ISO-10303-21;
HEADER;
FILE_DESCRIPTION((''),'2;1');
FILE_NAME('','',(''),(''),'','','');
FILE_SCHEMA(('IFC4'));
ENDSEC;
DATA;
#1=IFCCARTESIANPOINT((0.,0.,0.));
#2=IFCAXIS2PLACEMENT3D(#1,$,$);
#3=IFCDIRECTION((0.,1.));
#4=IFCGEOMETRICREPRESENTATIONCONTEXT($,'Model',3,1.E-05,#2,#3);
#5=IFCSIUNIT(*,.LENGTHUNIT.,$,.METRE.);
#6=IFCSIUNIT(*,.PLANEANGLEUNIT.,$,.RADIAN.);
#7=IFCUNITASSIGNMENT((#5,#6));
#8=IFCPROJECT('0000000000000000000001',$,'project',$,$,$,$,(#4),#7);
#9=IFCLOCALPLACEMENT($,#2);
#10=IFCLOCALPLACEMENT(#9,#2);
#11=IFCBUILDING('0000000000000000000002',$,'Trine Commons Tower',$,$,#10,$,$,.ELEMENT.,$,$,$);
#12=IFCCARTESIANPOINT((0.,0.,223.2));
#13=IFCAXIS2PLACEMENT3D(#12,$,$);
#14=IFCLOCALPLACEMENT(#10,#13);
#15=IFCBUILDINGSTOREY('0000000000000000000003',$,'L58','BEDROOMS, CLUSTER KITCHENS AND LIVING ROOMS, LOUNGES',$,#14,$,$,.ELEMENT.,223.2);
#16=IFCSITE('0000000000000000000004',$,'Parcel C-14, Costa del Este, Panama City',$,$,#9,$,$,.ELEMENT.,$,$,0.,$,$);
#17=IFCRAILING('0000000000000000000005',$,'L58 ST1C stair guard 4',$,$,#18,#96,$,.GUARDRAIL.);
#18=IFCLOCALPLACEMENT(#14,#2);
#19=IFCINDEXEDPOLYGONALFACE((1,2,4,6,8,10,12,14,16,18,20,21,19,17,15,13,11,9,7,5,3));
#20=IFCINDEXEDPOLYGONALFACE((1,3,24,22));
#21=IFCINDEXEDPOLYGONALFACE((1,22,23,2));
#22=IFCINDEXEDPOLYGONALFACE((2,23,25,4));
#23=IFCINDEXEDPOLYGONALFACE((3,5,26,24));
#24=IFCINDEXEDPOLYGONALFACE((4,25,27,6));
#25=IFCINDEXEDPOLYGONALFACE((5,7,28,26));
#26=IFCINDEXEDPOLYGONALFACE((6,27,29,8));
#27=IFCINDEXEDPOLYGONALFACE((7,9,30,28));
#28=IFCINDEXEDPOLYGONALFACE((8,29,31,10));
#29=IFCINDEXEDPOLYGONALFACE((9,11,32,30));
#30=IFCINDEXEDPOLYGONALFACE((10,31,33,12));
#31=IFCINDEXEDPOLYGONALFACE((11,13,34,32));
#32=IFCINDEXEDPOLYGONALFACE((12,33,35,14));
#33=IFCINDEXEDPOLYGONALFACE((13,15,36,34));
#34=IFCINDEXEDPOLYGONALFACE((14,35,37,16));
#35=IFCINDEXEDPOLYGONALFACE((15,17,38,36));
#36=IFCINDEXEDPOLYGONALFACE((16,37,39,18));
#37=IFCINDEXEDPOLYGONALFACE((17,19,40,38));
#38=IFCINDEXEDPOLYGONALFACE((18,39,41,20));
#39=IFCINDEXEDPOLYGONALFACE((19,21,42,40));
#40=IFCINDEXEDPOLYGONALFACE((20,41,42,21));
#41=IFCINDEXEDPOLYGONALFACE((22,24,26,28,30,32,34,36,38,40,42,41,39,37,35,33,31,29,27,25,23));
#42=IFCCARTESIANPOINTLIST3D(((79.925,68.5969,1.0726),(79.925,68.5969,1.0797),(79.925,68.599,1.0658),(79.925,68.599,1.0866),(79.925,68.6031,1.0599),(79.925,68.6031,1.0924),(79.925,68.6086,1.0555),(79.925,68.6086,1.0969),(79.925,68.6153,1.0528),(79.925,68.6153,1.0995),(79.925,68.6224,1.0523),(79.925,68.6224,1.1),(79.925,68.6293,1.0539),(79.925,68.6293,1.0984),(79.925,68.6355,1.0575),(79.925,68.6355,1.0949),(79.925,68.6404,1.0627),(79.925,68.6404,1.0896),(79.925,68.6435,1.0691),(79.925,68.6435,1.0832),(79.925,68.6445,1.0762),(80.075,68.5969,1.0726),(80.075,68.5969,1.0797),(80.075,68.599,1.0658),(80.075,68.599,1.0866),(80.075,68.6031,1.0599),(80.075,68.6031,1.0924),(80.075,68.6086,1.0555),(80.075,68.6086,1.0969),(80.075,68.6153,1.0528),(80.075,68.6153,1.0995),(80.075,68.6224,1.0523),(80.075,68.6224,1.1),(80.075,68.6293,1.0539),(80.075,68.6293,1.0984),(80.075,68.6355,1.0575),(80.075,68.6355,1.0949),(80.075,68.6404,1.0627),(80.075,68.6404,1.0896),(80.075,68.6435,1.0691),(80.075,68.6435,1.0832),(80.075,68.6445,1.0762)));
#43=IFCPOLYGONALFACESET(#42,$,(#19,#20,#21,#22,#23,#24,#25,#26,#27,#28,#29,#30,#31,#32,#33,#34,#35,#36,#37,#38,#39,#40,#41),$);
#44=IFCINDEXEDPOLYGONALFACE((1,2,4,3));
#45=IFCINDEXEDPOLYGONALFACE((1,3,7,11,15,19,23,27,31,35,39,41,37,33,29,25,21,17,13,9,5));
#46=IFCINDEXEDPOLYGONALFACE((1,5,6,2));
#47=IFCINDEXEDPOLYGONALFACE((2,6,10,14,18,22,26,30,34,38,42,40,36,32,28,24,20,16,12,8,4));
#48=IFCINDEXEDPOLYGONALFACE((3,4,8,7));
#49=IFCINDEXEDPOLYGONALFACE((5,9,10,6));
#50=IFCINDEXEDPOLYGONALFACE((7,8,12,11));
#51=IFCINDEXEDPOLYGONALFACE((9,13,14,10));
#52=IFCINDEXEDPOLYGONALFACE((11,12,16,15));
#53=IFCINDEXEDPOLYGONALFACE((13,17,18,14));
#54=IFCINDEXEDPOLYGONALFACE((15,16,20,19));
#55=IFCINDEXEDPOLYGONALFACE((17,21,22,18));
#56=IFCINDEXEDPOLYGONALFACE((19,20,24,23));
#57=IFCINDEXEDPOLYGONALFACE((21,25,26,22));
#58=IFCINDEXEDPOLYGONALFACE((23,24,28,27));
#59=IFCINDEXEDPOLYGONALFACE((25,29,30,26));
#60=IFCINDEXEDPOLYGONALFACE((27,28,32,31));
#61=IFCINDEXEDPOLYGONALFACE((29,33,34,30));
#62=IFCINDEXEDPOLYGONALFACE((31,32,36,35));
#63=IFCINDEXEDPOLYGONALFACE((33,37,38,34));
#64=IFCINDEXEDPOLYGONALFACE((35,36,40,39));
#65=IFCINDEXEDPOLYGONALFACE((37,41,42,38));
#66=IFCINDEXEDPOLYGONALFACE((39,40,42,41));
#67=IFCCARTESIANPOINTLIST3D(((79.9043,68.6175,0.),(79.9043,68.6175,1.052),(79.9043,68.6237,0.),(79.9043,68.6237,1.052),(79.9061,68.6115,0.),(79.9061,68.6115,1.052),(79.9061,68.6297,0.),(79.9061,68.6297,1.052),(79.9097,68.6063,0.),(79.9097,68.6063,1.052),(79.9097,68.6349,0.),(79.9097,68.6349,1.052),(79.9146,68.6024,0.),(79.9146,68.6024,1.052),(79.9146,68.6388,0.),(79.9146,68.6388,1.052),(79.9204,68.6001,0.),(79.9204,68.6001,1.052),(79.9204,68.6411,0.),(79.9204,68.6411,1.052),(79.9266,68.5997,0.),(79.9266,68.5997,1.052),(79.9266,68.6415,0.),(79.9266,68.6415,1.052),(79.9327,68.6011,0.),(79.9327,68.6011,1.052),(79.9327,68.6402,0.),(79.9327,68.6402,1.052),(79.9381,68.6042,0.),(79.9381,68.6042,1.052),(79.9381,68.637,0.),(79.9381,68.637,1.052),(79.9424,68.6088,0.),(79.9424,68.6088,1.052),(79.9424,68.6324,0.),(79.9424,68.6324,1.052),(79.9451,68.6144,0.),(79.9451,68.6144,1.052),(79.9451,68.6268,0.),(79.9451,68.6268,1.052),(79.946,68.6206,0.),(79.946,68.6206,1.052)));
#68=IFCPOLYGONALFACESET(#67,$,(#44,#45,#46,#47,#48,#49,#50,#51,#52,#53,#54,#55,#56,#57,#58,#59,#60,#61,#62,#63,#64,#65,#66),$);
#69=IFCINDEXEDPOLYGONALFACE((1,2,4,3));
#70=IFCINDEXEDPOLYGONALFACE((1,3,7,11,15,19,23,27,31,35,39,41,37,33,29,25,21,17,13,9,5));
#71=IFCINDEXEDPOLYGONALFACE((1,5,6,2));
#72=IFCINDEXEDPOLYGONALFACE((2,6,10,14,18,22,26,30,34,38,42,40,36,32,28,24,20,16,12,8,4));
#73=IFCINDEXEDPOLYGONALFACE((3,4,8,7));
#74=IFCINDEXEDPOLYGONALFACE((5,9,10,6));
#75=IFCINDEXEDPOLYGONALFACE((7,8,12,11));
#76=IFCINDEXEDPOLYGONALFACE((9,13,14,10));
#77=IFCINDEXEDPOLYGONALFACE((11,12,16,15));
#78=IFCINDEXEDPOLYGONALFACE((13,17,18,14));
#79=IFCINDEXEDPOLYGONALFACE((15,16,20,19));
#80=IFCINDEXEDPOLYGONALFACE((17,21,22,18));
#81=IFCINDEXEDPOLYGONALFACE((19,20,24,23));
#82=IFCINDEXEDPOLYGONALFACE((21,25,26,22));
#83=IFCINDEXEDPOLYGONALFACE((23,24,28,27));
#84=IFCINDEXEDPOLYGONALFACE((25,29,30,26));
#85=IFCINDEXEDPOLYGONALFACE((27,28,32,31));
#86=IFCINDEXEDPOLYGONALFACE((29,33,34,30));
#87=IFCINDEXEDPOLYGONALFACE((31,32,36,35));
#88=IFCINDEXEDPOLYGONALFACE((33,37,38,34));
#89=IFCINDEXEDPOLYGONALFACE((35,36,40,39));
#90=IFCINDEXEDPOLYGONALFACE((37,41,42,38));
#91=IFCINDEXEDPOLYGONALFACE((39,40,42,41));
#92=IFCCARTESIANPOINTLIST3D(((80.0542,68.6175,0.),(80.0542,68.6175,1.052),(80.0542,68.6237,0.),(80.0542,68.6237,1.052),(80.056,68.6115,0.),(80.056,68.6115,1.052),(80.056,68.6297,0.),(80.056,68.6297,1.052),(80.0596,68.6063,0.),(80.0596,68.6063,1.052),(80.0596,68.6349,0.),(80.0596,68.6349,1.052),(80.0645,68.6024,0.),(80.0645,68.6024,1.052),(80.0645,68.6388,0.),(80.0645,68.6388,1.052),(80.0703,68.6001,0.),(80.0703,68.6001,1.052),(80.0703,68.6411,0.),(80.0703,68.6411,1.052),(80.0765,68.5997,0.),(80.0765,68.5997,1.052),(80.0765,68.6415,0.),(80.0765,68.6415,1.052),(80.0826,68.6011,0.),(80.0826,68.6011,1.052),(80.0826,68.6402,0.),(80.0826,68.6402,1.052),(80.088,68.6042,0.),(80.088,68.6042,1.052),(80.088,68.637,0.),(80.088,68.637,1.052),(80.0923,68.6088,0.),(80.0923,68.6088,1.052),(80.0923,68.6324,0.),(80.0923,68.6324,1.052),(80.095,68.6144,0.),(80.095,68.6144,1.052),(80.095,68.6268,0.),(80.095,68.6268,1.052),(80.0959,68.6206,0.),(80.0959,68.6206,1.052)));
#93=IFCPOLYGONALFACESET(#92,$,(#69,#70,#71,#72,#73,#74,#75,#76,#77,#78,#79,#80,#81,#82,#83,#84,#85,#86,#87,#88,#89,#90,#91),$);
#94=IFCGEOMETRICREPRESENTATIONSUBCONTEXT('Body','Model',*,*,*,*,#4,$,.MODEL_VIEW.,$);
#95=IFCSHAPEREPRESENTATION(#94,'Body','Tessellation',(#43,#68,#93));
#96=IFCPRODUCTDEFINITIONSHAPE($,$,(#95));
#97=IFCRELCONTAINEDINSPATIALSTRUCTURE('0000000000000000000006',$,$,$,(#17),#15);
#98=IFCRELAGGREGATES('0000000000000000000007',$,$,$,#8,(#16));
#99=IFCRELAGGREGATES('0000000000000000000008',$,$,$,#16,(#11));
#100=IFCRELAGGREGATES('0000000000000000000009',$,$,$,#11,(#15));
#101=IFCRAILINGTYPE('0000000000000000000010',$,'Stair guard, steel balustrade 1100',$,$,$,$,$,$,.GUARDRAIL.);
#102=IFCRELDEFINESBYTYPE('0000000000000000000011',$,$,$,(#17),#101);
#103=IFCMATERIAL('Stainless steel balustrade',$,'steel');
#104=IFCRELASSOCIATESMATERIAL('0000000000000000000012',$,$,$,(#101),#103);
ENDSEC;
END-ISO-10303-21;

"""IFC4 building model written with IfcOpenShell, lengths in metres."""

from ifc_helpers import new_model, si_unit, direction, frame, origin, origin_2d, place, context, subcontext, project, spatial, circle, extrude, material, type_object, element, save


model = new_model("IFC4")

# Units and contexts
model_context = context("Model", 3, precision=1e-05, world=origin(), true_north=direction((0.0, 1.0)))
body_context = subcontext(model_context, "Body", "Model", "MODEL_VIEW")
ifc_project = project(units=[si_unit("LENGTHUNIT", "METRE"), si_unit("PLANEANGLEUNIT", "RADIAN")], contexts=[model_context])

# Site, building, storey
site_placement = place(None, origin())
site = spatial("IfcSite", under=ifc_project, at=site_placement, Name="Parcel C-14, Costa del Este, Panama City", CompositionType="ELEMENT", RefElevation=0.0)
building_placement = place(site_placement, origin())
building = spatial("IfcBuilding", under=site, at=building_placement, Name="Trine Commons Tower", CompositionType="ELEMENT")
storey_placement = place(building_placement, frame((0.0, 0.0, 223.2)))
storey = spatial("IfcBuildingStorey", under=building, at=storey_placement, Name="L58", Description="BEDROOMS, CLUSTER KITCHENS AND LIVING ROOMS, LOUNGES", CompositionType="ELEMENT", Elevation=223.2)

# Railing
ifc_material_1 = material(Name="Stainless steel balustrade", Category="steel")
railing_type_1 = type_object("IfcRailingType", Name="Stair guard, steel balustrade 1100", PredefinedType="GUARDRAIL", material=ifc_material_1)
railing_1_placement = place(storey_placement, frame((79.925, 68.6206, 0.0)))
element("IfcRailing", 1, at=railing_1_placement, inside=storey, type_object=railing_type_1, Name="L58 ST1C stair guard 4", PredefinedType="GUARDRAIL", context=body_context, shape_type="SweptSolid", body=[
    extrude(circle(Radius=0.0239, at=origin_2d()), frame((0.0, 0.0, 1.0762), z_axis=(1.0, 0.0, 0.0), x_axis=(0.0, 1.0, 0.0)), (0.0, 0.0, 1.0), 0.1499),
    extrude(circle(Radius=0.021, at=origin_2d()), origin(), (0.0, 0.0, 1.0), 1.052),
    extrude(circle(Radius=0.021, at=origin_2d()), frame((0.1499, 0.0, 0.0)), (0.0, 0.0, 1.0), 1.052),
])

save(model, "model.ifc")
